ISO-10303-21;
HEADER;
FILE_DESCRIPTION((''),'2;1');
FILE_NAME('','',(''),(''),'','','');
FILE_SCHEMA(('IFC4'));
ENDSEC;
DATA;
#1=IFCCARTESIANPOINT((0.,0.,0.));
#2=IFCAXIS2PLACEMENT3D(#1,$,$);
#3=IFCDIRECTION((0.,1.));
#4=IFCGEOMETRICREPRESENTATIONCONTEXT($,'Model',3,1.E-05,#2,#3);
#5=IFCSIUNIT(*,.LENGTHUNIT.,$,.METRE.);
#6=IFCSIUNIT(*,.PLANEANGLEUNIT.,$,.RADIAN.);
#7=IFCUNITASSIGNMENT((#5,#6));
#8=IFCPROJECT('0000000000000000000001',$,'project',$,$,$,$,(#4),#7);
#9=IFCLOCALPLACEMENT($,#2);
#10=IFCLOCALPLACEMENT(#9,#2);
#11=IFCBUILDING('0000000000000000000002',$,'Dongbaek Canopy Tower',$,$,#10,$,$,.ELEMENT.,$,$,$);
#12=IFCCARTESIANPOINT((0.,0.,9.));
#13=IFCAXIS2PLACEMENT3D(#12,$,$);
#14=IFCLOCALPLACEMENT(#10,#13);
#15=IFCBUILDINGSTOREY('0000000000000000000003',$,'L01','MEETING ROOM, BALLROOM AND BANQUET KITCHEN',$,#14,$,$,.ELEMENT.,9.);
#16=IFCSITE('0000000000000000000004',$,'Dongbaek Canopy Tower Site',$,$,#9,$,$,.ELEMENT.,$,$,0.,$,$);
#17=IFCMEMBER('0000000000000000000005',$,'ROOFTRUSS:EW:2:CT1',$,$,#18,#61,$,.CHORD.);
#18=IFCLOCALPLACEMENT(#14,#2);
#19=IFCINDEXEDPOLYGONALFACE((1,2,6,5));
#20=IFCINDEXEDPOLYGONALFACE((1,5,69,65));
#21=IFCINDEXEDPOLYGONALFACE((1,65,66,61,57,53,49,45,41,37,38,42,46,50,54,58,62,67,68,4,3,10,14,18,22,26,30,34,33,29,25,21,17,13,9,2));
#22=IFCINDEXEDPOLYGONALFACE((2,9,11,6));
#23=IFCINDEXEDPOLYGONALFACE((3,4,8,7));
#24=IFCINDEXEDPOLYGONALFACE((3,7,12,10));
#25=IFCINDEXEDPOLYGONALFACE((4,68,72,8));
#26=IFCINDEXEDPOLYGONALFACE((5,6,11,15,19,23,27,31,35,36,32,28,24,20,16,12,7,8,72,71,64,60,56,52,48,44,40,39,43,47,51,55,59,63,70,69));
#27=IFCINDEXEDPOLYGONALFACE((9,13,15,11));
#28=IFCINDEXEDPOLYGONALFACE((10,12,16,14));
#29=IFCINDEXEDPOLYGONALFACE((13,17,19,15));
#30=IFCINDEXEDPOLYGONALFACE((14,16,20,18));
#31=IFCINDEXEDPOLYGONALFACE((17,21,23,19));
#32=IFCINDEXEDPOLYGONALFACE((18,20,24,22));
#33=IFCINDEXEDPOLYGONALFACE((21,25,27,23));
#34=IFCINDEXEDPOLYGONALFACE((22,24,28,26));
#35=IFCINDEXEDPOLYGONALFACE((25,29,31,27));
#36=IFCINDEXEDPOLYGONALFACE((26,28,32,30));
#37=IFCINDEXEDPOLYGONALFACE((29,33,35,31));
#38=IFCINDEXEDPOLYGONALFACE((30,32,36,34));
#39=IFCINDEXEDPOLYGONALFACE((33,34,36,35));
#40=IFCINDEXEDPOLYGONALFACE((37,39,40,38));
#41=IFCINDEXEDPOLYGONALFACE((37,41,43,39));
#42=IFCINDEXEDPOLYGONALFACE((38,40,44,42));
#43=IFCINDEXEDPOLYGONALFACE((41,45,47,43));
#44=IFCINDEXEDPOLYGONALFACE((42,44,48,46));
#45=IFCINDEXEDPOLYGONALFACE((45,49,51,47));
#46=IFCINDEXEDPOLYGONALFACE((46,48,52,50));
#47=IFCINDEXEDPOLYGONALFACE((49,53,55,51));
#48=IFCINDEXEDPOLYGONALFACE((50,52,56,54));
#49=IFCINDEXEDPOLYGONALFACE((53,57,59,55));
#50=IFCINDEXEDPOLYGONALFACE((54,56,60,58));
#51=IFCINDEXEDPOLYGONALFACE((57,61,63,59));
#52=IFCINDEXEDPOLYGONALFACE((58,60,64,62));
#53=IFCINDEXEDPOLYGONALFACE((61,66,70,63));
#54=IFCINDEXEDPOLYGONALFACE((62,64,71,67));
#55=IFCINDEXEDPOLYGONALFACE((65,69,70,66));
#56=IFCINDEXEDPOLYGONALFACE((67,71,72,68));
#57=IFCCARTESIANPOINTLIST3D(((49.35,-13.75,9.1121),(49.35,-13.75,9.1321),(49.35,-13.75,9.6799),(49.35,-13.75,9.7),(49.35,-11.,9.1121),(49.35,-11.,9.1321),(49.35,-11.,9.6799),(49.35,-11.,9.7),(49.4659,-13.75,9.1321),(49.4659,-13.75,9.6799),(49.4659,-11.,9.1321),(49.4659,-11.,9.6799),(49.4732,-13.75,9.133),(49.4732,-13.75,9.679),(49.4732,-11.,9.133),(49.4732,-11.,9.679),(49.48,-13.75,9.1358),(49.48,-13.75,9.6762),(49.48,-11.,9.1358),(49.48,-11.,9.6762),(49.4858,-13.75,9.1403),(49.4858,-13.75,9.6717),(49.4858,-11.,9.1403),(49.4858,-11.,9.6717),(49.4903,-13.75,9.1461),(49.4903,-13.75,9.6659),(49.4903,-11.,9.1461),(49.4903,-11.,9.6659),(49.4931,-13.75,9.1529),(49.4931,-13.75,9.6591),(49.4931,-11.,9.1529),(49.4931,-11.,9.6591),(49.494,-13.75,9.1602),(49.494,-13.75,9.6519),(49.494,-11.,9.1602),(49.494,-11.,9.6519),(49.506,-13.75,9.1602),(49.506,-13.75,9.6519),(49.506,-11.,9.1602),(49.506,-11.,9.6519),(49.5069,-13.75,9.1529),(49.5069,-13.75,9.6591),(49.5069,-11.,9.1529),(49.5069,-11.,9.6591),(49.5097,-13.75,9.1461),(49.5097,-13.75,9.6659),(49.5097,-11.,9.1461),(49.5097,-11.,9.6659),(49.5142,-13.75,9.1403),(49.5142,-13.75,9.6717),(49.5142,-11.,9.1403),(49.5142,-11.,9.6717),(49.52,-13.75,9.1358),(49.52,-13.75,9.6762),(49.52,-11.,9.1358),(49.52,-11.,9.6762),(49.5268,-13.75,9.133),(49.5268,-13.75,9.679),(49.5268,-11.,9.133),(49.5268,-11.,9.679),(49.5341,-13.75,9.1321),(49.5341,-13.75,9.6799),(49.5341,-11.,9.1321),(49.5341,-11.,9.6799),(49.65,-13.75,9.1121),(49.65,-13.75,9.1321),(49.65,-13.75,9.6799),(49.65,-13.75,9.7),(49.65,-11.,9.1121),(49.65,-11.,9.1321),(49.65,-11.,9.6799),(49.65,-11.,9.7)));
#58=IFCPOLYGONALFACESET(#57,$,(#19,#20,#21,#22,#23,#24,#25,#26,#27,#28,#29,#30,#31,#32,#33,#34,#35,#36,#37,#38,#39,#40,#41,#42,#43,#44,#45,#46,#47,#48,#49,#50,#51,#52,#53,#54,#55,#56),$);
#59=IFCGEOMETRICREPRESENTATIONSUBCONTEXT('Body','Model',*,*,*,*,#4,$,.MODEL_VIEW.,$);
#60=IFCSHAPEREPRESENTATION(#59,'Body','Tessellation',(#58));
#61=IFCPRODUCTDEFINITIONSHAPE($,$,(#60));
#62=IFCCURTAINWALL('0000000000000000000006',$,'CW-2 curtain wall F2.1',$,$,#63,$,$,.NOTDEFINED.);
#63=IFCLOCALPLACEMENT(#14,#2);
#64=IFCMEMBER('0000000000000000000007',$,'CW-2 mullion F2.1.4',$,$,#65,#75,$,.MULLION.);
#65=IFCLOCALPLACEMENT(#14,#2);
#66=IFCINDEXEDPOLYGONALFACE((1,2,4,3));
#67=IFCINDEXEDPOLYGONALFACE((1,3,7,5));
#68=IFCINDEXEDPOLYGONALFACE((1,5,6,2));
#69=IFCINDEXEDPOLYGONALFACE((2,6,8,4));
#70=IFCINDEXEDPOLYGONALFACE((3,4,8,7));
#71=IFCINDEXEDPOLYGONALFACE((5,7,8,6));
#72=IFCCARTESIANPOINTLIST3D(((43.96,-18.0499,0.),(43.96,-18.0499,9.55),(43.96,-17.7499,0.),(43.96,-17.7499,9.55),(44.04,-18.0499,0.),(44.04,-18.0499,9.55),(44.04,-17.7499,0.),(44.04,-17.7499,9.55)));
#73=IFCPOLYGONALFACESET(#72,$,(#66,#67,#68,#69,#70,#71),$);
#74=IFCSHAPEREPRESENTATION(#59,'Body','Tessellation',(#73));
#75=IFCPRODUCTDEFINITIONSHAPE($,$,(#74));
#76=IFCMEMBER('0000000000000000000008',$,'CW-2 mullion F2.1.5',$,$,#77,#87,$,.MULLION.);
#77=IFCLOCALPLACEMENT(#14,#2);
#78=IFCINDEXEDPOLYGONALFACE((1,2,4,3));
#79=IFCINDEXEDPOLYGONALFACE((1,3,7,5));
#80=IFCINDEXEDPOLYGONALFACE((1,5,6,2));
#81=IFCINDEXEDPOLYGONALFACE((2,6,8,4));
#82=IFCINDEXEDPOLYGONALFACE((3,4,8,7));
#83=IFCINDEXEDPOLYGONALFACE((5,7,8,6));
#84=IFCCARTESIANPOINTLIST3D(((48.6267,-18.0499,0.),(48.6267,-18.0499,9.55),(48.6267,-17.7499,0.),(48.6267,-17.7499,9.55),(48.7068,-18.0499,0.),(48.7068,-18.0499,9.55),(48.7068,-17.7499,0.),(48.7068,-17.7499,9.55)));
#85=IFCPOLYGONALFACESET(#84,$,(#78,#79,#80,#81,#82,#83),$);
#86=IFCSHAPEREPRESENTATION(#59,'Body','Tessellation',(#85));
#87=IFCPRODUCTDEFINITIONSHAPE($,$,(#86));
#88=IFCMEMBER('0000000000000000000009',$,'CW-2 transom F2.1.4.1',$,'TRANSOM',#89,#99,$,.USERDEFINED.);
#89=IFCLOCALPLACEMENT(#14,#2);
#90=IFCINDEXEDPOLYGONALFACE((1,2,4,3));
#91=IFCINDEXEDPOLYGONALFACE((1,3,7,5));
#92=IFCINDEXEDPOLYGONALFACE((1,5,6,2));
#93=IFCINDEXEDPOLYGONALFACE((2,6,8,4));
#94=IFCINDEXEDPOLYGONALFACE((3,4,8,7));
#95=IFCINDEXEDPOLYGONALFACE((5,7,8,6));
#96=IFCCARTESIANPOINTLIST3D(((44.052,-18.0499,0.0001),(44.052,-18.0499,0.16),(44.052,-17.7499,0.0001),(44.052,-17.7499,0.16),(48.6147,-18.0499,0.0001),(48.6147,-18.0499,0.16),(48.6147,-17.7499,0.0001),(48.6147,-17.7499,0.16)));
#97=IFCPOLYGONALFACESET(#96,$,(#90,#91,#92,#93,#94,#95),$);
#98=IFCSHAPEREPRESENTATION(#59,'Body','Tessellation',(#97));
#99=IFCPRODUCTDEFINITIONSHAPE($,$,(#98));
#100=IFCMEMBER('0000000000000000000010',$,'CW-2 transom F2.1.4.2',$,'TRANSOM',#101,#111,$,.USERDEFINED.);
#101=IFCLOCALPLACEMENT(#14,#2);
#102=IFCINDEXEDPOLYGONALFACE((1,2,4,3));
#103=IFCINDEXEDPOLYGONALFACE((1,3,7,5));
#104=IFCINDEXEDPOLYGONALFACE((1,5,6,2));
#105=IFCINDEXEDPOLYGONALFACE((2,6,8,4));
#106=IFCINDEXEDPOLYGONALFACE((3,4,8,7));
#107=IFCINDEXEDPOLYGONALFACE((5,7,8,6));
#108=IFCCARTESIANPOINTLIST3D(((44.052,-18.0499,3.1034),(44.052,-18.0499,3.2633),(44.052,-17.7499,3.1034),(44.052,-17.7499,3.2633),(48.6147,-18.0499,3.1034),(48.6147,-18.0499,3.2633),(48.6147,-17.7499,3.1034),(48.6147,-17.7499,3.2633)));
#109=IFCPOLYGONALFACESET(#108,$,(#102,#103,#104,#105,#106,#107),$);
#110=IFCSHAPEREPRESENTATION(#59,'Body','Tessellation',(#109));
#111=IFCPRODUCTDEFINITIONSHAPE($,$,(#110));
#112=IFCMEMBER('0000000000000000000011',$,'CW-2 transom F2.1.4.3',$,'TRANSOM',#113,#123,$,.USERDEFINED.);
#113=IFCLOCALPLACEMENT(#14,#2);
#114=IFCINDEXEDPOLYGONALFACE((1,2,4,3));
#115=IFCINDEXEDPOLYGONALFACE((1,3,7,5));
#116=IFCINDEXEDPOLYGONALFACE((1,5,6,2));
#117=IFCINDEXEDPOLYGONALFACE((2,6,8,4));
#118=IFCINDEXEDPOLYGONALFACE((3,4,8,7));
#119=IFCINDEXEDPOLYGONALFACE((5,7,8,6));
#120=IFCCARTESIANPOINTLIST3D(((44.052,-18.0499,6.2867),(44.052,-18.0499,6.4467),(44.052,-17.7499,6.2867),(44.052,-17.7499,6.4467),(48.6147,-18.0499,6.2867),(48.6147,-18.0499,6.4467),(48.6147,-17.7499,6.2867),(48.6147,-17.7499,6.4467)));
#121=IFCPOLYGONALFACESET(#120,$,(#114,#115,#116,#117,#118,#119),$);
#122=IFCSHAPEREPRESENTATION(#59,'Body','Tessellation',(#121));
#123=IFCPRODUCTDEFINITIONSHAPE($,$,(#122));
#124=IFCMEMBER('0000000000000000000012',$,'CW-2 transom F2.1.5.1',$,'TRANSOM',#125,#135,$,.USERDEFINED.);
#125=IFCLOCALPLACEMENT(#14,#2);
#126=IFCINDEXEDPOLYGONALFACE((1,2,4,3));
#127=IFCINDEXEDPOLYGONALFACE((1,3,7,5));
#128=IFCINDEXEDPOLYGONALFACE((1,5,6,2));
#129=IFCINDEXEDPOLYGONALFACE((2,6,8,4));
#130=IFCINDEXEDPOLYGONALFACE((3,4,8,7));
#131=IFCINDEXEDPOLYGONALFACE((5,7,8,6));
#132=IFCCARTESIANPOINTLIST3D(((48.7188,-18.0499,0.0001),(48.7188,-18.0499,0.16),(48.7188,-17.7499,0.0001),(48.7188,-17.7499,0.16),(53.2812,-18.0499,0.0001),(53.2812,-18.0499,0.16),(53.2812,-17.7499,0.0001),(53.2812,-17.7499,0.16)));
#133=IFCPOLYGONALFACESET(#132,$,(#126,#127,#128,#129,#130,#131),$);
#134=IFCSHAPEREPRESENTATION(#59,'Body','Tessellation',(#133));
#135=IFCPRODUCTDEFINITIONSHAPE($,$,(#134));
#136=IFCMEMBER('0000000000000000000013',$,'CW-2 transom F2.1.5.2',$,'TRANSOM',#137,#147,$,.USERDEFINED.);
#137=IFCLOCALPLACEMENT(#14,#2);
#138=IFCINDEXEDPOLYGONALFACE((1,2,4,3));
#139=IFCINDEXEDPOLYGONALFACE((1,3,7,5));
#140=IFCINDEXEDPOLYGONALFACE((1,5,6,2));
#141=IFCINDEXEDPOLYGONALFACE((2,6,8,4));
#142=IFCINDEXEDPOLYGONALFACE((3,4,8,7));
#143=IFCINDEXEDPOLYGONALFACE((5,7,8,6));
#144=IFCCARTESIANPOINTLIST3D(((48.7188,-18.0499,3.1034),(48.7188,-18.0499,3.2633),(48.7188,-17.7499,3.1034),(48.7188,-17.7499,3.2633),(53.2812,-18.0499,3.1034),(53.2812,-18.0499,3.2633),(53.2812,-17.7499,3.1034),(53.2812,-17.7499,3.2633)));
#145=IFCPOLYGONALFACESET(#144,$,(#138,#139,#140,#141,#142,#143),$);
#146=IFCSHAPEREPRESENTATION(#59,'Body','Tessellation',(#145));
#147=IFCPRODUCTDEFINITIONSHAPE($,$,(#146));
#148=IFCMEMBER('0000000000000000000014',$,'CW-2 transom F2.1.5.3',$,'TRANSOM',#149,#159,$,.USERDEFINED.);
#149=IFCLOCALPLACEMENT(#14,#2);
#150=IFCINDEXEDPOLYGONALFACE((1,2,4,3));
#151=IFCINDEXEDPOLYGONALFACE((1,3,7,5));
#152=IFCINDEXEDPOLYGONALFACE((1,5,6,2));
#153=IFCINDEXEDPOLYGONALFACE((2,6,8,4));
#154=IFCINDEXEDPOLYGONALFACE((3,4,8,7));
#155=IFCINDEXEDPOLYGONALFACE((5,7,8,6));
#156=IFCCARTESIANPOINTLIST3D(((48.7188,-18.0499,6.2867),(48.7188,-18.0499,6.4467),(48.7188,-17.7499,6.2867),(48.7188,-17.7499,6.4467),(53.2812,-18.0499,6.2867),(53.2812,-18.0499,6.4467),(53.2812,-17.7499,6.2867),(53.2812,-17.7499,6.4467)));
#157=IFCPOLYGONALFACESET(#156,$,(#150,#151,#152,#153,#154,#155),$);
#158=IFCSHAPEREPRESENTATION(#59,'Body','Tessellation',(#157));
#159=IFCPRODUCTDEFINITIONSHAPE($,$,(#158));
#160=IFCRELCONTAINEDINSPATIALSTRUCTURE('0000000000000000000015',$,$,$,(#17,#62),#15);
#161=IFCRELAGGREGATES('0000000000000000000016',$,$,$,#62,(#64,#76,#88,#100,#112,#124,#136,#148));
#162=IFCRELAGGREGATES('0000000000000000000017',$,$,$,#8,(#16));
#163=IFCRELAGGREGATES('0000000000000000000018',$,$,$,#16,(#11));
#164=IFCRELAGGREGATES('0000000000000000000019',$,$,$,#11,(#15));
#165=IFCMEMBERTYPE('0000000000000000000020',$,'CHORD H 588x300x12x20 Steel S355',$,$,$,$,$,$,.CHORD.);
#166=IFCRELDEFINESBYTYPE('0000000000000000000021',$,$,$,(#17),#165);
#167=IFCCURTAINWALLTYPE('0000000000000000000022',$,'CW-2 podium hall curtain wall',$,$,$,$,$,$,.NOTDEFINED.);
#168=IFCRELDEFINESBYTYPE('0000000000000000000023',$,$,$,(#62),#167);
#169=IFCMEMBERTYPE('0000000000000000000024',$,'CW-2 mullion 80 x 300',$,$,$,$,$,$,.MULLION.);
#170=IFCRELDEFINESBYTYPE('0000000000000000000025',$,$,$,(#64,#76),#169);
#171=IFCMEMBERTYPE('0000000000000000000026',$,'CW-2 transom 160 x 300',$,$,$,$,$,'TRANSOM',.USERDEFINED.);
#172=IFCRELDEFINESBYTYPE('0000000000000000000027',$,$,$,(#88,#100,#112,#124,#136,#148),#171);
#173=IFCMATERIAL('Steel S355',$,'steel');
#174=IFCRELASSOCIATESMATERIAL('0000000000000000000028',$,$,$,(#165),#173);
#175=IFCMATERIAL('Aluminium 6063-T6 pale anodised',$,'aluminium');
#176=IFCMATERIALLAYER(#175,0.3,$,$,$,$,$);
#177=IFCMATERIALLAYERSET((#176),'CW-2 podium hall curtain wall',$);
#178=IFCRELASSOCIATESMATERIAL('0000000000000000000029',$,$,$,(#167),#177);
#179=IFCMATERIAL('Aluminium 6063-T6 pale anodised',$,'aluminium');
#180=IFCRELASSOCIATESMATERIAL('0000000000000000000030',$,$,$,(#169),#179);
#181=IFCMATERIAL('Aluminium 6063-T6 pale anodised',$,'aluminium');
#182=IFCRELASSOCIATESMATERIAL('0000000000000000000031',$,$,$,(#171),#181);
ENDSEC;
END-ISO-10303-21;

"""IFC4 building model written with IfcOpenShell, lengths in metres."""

from ifc_helpers import new_model, si_unit, direction, frame, origin, origin_2d, place, context, subcontext, project, spatial, rectangle, i_section, extrude, material, layer, layer_set, material_profile, profile_set, type_object, element, aggregate, save


model = new_model("IFC4")

# Units and contexts
model_context = context("Model", 3, precision=1e-05, world=origin(), true_north=direction((0.0, 1.0)))
body_context = subcontext(model_context, "Body", "Model", "MODEL_VIEW")
ifc_project = project(units=[si_unit("LENGTHUNIT", "METRE"), si_unit("PLANEANGLEUNIT", "RADIAN")], contexts=[model_context])

# Site, building, storey
site_placement = place(None, origin())
site = spatial("IfcSite", under=ifc_project, at=site_placement, Name="Dongbaek Canopy Tower Site", CompositionType="ELEMENT", RefElevation=0.0)
building_placement = place(site_placement, origin())
building = spatial("IfcBuilding", under=site, at=building_placement, Name="Dongbaek Canopy Tower", CompositionType="ELEMENT")
storey_placement = place(building_placement, frame((0.0, 0.0, 9.0)))
storey = spatial("IfcBuildingStorey", under=building, at=storey_placement, Name="L01", Description="MEETING ROOM, BALLROOM AND BANQUET KITCHEN", CompositionType="ELEMENT", Elevation=9.0)

# Member
ifc_material_1 = material(Name="Steel S355", Category="steel")
ifc_material_profile_1 = material_profile(ifc_material_1, i_section(OverallWidth=0.3, OverallDepth=0.5879, WebThickness=0.012, FlangeThickness=0.02, FilletRadius=0.0281, at=origin_2d()), Name="CHORD H 588x300x12x20 Steel S355")
ifc_profile_set_1 = profile_set([ifc_material_profile_1], Name="Steel S355")
member_type_1 = type_object("IfcMemberType", Name="CHORD H 588x300x12x20 Steel S355", PredefinedType="CHORD", material=ifc_profile_set_1)
for number, where, z_axis, x_axis, name in (
    (1, (49.5, -13.75, 9.406), (0.0, 1.0, 0.0), (-1.0, 0.0, 0.0), "ROOFTRUSS:EW:2:CT1"),
):
    element("IfcMember", number, at=place(storey_placement, frame(where, z_axis=z_axis, x_axis=x_axis)), inside=storey, type_object=member_type_1, Name=name, PredefinedType="CHORD", context=body_context, shape_type="SweptSolid", body=[
        extrude(i_section(OverallWidth=0.3, OverallDepth=0.5879, WebThickness=0.012, FlangeThickness=0.02, FilletRadius=0.0281, at=origin_2d()), origin(), (0.0, 0.0, 1.0), 2.75),
    ])

# Curtain wall, members
ifc_material_2 = material(Name="Aluminium 6063-T6 pale anodised", Category="aluminium")
ifc_layer_1 = layer(ifc_material_2, 0.3)
ifc_layer_set_1 = layer_set([ifc_layer_1], Name="CW-2 podium hall curtain wall")
curtain_wall_type = type_object("IfcCurtainWallType", Name="CW-2 podium hall curtain wall", PredefinedType="NOTDEFINED", material=ifc_layer_set_1)
curtain_wall_placement = place(storey_placement, origin())
curtain_wall = element("IfcCurtainWall", 2, at=curtain_wall_placement, inside=storey, type_object=curtain_wall_type, Name="CW-2 curtain wall F2.1", PredefinedType="NOTDEFINED")
ifc_material_3 = material(Name="Aluminium 6063-T6 pale anodised", Category="aluminium")
ifc_material_profile_2 = material_profile(ifc_material_3, rectangle(XDim=0.3, YDim=0.0801, at=origin_2d()), Name="CW-2 mullion 80 x 300")
ifc_profile_set_2 = profile_set([ifc_material_profile_2], Name="Aluminium 6063-T6 pale anodised")
member_type_2 = type_object("IfcMemberType", Name="CW-2 mullion 80 x 300", PredefinedType="MULLION", material=ifc_profile_set_2)
member_1_placement = place(storey_placement, frame((44.0, -17.8999, 0.0), z_axis=(0.0, 0.0, 1.0), x_axis=(0.0, -1.0, 0.0)))
member_1 = element("IfcMember", 3, at=member_1_placement, type_object=member_type_2, Name="CW-2 mullion F2.1.4", PredefinedType="MULLION", context=body_context, shape_type="SweptSolid", body=[
    extrude(rectangle(XDim=0.3, YDim=0.0801, at=origin_2d()), origin(), (0.0, 0.0, 1.0), 9.55),
])
member_2_placement = place(storey_placement, frame((48.6667, -17.8999, 0.0), z_axis=(0.0, 0.0, 1.0), x_axis=(0.0, -1.0, 0.0)))
member_2 = element("IfcMember", 4, at=member_2_placement, type_object=member_type_2, Name="CW-2 mullion F2.1.5", PredefinedType="MULLION", context=body_context, shape_type="SweptSolid", body=[
    extrude(rectangle(XDim=0.3, YDim=0.0801, at=origin_2d()), origin(), (0.0, 0.0, 1.0), 9.55),
])
ifc_material_4 = material(Name="Aluminium 6063-T6 pale anodised", Category="aluminium")
ifc_material_profile_3 = material_profile(ifc_material_4, rectangle(XDim=0.3, YDim=0.1599, at=origin_2d()), Name="CW-2 transom 160 x 300")
ifc_profile_set_3 = profile_set([ifc_material_profile_3], Name="Aluminium 6063-T6 pale anodised")
member_type_3 = type_object("IfcMemberType", Name="CW-2 transom 160 x 300", ElementType="TRANSOM", PredefinedType="USERDEFINED", material=ifc_profile_set_3)
member_3_placement = place(storey_placement, frame((44.052, -17.8999, 0.0801), z_axis=(1.0, 0.0, 0.0), x_axis=(0.0, 1.0, 0.0)))
member_3 = element("IfcMember", 5, at=member_3_placement, type_object=member_type_3, Name="CW-2 transom F2.1.4.1", ObjectType="TRANSOM", PredefinedType="USERDEFINED", context=body_context, shape_type="SweptSolid", body=[
    extrude(rectangle(XDim=0.3, YDim=0.1599, at=origin_2d()), origin(), (0.0, 0.0, 1.0), 4.5627),
])
member_4_placement = place(storey_placement, frame((44.052, -17.8999, 3.1833), z_axis=(1.0, 0.0, 0.0), x_axis=(0.0, 1.0, 0.0)))
member_4 = element("IfcMember", 6, at=member_4_placement, type_object=member_type_3, Name="CW-2 transom F2.1.4.2", ObjectType="TRANSOM", PredefinedType="USERDEFINED", context=body_context, shape_type="SweptSolid", body=[
    extrude(rectangle(XDim=0.3, YDim=0.1599, at=origin_2d()), origin(), (0.0, 0.0, 1.0), 4.5627),
])
member_5_placement = place(storey_placement, frame((44.052, -17.8999, 6.3667), z_axis=(1.0, 0.0, 0.0), x_axis=(0.0, 1.0, 0.0)))
member_5 = element("IfcMember", 7, at=member_5_placement, type_object=member_type_3, Name="CW-2 transom F2.1.4.3", ObjectType="TRANSOM", PredefinedType="USERDEFINED", context=body_context, shape_type="SweptSolid", body=[
    extrude(rectangle(XDim=0.3, YDim=0.1599, at=origin_2d()), origin(), (0.0, 0.0, 1.0), 4.5627),
])
member_6_placement = place(storey_placement, frame((48.7188, -17.8999, 0.0801), z_axis=(1.0, 0.0, 0.0), x_axis=(0.0, 1.0, 0.0)))
member_6 = element("IfcMember", 8, at=member_6_placement, type_object=member_type_3, Name="CW-2 transom F2.1.5.1", ObjectType="TRANSOM", PredefinedType="USERDEFINED", context=body_context, shape_type="SweptSolid", body=[
    extrude(rectangle(XDim=0.3, YDim=0.1599, at=origin_2d()), origin(), (0.0, 0.0, 1.0), 4.5625),
])
member_7_placement = place(storey_placement, frame((48.7188, -17.8999, 3.1833), z_axis=(1.0, 0.0, 0.0), x_axis=(0.0, 1.0, 0.0)))
member_7 = element("IfcMember", 9, at=member_7_placement, type_object=member_type_3, Name="CW-2 transom F2.1.5.2", ObjectType="TRANSOM", PredefinedType="USERDEFINED", context=body_context, shape_type="SweptSolid", body=[
    extrude(rectangle(XDim=0.3, YDim=0.1599, at=origin_2d()), origin(), (0.0, 0.0, 1.0), 4.5625),
])
member_8_placement = place(storey_placement, frame((48.7188, -17.8999, 6.3667), z_axis=(1.0, 0.0, 0.0), x_axis=(0.0, 1.0, 0.0)))
member_8 = element("IfcMember", 10, at=member_8_placement, type_object=member_type_3, Name="CW-2 transom F2.1.5.3", ObjectType="TRANSOM", PredefinedType="USERDEFINED", context=body_context, shape_type="SweptSolid", body=[
    extrude(rectangle(XDim=0.3, YDim=0.1599, at=origin_2d()), origin(), (0.0, 0.0, 1.0), 4.5625),
])

aggregate(curtain_wall, [member_1, member_2, member_3, member_4, member_5, member_6, member_7, member_8])

save(model, "model.ifc")
